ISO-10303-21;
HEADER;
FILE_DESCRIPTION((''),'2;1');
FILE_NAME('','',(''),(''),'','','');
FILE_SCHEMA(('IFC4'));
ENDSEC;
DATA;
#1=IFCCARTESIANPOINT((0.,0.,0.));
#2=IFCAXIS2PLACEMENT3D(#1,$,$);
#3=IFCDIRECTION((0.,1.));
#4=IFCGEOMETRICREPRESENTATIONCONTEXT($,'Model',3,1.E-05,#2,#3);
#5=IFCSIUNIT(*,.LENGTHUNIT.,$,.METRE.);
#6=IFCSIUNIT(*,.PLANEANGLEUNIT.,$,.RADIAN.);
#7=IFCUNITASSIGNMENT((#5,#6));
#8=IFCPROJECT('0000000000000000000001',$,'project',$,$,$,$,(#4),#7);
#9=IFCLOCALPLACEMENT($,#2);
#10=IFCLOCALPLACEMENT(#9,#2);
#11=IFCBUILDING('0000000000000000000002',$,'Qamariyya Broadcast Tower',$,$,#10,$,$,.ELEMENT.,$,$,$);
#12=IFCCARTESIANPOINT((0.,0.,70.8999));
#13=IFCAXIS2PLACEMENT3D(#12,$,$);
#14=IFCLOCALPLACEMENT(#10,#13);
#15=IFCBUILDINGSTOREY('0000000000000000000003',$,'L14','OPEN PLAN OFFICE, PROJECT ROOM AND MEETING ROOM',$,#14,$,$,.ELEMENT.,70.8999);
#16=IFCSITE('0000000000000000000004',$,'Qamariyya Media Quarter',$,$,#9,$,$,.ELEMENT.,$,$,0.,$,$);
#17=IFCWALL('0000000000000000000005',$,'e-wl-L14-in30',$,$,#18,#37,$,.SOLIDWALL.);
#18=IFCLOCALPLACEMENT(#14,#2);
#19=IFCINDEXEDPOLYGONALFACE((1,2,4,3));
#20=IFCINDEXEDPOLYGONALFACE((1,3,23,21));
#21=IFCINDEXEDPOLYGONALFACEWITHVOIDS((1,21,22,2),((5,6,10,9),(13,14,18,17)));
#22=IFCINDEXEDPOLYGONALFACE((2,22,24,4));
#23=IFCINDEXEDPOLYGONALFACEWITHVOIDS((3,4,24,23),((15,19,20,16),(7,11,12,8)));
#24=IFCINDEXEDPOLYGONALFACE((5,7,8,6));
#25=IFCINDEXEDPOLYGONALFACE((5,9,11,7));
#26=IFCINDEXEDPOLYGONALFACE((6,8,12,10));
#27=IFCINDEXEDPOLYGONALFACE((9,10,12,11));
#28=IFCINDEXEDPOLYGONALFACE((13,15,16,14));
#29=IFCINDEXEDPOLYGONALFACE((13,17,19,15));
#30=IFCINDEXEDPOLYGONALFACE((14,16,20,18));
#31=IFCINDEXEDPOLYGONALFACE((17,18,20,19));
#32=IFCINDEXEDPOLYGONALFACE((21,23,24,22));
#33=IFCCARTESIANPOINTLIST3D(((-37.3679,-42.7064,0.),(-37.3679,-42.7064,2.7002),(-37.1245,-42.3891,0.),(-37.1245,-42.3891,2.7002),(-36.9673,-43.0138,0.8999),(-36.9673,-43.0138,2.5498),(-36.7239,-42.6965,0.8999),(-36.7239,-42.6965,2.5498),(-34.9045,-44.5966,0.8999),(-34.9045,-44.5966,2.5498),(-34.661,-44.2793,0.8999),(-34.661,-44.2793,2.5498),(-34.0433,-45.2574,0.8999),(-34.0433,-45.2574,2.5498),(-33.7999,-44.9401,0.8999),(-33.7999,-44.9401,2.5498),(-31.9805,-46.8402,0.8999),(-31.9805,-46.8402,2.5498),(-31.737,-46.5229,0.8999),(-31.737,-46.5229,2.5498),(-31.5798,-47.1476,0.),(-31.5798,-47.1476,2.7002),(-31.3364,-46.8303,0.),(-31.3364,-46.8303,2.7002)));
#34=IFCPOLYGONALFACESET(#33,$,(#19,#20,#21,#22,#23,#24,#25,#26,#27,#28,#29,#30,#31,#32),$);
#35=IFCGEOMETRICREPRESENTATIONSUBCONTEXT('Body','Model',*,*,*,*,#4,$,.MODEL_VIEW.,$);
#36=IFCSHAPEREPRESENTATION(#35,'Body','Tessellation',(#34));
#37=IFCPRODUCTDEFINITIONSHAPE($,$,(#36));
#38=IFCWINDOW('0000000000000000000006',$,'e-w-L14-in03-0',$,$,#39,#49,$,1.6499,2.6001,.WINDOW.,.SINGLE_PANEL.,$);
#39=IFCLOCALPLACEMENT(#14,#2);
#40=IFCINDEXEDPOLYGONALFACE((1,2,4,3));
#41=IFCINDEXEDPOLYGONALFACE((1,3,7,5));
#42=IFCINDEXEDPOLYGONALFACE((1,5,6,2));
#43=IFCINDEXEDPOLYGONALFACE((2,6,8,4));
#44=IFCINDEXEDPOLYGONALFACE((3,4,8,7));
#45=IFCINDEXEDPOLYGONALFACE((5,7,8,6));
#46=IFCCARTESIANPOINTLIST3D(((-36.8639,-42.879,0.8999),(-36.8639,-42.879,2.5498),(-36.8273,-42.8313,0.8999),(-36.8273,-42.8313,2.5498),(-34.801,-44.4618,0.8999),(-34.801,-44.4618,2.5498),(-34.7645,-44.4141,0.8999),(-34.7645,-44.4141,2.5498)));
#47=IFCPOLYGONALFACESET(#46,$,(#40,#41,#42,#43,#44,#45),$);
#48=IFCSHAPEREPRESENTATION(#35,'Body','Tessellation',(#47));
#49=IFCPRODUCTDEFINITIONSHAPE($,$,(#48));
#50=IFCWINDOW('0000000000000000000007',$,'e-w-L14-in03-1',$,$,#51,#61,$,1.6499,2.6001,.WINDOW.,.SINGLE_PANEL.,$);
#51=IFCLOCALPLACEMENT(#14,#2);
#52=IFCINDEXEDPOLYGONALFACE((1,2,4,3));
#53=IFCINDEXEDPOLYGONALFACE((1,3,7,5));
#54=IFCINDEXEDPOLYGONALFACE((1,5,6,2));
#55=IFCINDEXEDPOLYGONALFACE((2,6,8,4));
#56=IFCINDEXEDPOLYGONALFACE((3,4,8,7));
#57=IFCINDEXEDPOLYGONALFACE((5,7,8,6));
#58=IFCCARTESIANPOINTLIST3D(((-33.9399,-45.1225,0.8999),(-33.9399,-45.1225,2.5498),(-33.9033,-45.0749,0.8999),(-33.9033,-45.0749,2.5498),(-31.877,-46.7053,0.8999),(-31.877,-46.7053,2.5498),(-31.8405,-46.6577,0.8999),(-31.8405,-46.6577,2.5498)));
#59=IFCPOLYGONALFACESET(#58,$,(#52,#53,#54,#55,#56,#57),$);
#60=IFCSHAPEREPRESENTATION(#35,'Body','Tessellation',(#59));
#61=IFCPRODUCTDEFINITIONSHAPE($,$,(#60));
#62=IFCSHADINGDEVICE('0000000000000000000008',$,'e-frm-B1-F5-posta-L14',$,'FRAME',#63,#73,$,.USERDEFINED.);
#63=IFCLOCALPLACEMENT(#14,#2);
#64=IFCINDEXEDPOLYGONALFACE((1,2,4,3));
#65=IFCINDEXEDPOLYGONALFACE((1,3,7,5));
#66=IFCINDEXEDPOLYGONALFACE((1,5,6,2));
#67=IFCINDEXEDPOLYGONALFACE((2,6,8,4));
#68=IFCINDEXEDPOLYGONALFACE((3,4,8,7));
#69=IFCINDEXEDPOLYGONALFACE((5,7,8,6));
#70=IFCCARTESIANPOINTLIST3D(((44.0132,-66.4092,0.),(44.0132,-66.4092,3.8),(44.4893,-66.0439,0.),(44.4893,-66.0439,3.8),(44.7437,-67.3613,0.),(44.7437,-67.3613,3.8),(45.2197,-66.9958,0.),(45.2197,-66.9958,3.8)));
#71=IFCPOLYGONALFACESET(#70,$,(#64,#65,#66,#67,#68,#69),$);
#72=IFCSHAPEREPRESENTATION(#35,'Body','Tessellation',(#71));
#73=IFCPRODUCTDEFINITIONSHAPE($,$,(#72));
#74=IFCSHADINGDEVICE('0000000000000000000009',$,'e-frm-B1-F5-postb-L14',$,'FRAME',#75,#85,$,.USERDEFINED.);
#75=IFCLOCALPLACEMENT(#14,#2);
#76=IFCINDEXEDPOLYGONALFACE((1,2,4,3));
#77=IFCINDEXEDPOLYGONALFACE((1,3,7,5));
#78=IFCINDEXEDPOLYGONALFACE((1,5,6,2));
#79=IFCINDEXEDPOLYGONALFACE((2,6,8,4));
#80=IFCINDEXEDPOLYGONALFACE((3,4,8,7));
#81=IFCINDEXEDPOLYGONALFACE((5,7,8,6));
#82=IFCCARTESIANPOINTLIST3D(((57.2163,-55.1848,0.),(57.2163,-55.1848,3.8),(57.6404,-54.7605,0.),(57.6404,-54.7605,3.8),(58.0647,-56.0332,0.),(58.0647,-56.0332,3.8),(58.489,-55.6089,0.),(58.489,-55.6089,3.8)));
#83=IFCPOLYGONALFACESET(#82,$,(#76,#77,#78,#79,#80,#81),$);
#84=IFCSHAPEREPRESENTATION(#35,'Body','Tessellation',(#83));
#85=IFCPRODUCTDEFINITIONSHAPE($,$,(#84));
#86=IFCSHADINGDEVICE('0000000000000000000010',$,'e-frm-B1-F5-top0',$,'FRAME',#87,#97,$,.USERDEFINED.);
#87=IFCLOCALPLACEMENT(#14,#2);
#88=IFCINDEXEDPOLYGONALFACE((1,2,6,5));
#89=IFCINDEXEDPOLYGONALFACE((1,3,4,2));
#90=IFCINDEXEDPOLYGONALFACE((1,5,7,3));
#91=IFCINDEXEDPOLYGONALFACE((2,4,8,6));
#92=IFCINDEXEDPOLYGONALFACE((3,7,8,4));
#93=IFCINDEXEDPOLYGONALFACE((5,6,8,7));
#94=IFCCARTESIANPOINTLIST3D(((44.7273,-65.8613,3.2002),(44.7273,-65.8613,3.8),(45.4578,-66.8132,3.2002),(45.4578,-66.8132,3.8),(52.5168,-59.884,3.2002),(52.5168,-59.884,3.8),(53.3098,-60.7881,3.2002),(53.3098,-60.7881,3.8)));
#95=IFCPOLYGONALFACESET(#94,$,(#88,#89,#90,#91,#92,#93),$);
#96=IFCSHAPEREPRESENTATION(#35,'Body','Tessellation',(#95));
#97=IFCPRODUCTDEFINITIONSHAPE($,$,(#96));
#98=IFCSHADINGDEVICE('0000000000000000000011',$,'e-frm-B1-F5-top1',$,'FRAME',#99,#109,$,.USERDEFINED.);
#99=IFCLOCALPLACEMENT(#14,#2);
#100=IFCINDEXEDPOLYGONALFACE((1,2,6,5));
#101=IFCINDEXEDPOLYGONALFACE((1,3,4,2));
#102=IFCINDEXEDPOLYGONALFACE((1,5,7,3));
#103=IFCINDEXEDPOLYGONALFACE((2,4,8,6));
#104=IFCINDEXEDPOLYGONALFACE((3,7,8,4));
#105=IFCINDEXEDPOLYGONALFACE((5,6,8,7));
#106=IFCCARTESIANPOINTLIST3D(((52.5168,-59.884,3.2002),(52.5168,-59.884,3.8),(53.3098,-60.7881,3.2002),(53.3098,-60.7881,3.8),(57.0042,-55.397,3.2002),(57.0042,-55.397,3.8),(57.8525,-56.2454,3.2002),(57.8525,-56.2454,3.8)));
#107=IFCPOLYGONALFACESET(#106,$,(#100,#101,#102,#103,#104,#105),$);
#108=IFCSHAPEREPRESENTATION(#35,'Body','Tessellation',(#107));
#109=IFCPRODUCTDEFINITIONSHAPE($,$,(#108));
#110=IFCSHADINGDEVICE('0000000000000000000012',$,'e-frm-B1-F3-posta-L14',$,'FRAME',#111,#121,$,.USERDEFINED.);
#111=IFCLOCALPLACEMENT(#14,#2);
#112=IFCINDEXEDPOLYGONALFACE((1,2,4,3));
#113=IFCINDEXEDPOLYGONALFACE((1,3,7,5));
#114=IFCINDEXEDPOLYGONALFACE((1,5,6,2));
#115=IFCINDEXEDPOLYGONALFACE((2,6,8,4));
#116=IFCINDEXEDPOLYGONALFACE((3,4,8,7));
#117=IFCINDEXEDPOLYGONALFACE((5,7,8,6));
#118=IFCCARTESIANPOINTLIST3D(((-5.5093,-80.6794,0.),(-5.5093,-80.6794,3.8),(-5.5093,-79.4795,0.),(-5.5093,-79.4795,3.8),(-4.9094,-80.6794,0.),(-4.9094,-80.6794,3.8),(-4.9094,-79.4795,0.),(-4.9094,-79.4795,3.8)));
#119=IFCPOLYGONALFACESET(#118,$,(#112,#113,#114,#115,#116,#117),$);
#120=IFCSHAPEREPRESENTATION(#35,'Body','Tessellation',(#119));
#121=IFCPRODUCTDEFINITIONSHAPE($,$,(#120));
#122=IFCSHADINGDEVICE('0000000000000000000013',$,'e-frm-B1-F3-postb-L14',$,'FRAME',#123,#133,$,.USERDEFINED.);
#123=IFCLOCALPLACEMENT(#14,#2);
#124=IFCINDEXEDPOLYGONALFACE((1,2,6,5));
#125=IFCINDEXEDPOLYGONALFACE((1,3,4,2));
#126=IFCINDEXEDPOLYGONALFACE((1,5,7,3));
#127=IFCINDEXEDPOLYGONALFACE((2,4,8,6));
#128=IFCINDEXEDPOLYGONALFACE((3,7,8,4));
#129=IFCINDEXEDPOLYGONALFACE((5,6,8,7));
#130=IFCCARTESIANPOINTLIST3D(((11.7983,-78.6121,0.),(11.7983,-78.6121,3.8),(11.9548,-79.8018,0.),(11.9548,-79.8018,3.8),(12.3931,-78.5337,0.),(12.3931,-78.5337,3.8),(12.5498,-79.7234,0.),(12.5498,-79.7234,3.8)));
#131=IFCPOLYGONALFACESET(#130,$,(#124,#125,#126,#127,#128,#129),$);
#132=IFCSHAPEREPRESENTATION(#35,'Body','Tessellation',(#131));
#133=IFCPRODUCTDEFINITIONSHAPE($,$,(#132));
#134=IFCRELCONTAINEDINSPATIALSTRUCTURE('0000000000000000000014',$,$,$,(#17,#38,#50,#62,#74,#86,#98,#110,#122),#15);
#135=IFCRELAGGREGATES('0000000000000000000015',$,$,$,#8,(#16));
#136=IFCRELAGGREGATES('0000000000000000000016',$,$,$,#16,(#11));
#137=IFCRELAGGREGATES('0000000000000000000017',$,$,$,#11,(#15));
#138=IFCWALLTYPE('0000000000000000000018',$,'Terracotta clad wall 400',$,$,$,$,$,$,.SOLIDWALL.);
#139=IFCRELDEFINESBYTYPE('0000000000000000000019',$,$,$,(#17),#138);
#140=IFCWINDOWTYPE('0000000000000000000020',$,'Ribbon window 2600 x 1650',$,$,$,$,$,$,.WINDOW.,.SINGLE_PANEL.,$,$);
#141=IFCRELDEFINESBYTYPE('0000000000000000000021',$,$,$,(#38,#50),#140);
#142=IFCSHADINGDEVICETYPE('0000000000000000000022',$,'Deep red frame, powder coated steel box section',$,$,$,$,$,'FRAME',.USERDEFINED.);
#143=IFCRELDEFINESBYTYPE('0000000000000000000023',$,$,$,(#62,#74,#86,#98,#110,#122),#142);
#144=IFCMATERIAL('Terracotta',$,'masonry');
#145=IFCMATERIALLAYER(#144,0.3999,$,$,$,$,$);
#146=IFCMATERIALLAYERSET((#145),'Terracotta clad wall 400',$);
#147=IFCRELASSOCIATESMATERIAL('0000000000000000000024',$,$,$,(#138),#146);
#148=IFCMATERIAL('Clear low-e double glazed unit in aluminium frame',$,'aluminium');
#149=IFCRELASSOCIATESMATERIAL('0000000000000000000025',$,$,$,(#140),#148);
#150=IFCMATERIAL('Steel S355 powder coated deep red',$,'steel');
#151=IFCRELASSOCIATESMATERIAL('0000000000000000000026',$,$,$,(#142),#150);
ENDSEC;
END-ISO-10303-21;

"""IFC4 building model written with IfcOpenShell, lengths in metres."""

from ifc_helpers import new_model, si_unit, direction, frame, frame_2d, origin, place, context, subcontext, project, spatial, polyline, rectangle, outline, extrude, material, layer, layer_set, type_object, element, fill, save


model = new_model("IFC4")

# Units and contexts
model_context = context("Model", 3, precision=1e-05, world=origin(), true_north=direction((0.0, 1.0)))
body_context = subcontext(model_context, "Body", "Model", "MODEL_VIEW")
ifc_project = project(units=[si_unit("LENGTHUNIT", "METRE"), si_unit("PLANEANGLEUNIT", "RADIAN")], contexts=[model_context])

# Site, building, storey
site_placement = place(None, origin())
site = spatial("IfcSite", under=ifc_project, at=site_placement, Name="Qamariyya Media Quarter", CompositionType="ELEMENT", RefElevation=0.0)
building_placement = place(site_placement, origin())
building = spatial("IfcBuilding", under=site, at=building_placement, Name="Qamariyya Broadcast Tower", CompositionType="ELEMENT")
storey_placement = place(building_placement, frame((0.0, 0.0, 70.8999)))
storey = spatial("IfcBuildingStorey", under=building, at=storey_placement, Name="L14", Description="OPEN PLAN OFFICE, PROJECT ROOM AND MEETING ROOM", CompositionType="ELEMENT", Elevation=70.8999)

# Wall, openings, windows
ifc_material_1 = material(Name="Terracotta", Category="masonry")
ifc_layer_1 = layer(ifc_material_1, 0.3999)
ifc_layer_set_1 = layer_set([ifc_layer_1], Name="Terracotta clad wall 400")
wall_type = type_object("IfcWallType", Name="Terracotta clad wall 400", PredefinedType="SOLIDWALL", material=ifc_layer_set_1)
ifc_material_2 = material(Name="Clear low-e double glazed unit in aluminium frame", Category="aluminium")
window_type = type_object("IfcWindowType", Name="Ribbon window 2600 x 1650", PartitioningType="SINGLE_PANEL", PredefinedType="WINDOW", material=ifc_material_2)
wall_1_placement = place(storey_placement, frame((-31.458, -46.989, 0.0), z_axis=(0.0, 0.0, 1.0), x_axis=(-0.793366, 0.608745, 0.0)))
wall_1 = element("IfcWall", 1, at=wall_1_placement, inside=storey, type_object=wall_type, Name="e-wl-L14-in30", PredefinedType="SOLIDWALL", context=body_context, shape_type="SweptSolid", body=[
    extrude(rectangle(XDim=7.2957, YDim=0.3999, at=frame_2d((3.6479, 0.0))), origin(), (0.0, 0.0, 1.0), 2.7002),
])
opening_1_placement = place(wall_1_placement, frame((4.1907, 0.0, 0.8999)))
opening_1 = element("IfcOpeningElement", 2, at=opening_1_placement, cuts=wall_1, PredefinedType="OPENING", context=body_context, shape_type="SweptSolid", body=[
    extrude(rectangle(XDim=2.6001, YDim=1.6499, at=frame_2d((1.3, 0.825))), frame((0.0, 0.21, 0.0), z_axis=(0.0, -1.0, 0.0), x_axis=(1.0, 0.0, 0.0)), (0.0, 0.0, 1.0), 0.4199),
])
opening_2_placement = place(wall_1_placement, frame((0.5051, 0.0, 0.8999)))
opening_2 = element("IfcOpeningElement", 3, at=opening_2_placement, cuts=wall_1, PredefinedType="OPENING", context=body_context, shape_type="SweptSolid", body=[
    extrude(rectangle(XDim=2.6001, YDim=1.6499, at=frame_2d((1.3, 0.825))), frame((0.0, 0.21, 0.0), z_axis=(0.0, -1.0, 0.0), x_axis=(1.0, 0.0, 0.0)), (0.0, 0.0, 1.0), 0.4199),
])
window_1_placement = place(opening_1_placement, origin())
window_1 = element("IfcWindow", 4, at=window_1_placement, inside=storey, type_object=window_type, Name="e-w-L14-in03-0", OverallHeight=1.6499, OverallWidth=2.6001, PartitioningType="SINGLE_PANEL", PredefinedType="WINDOW", context=body_context, shape_type="SweptSolid", body=[
    extrude(rectangle(XDim=2.6001, YDim=1.6499, at=frame_2d((1.3, 0.825))), frame((0.0, 0.03, 0.0), z_axis=(0.0, -1.0, 0.0), x_axis=(1.0, 0.0, 0.0)), (0.0, 0.0, 1.0), 0.0601),
])
fill(opening_1, window_1)
window_2_placement = place(opening_2_placement, origin())
window_2 = element("IfcWindow", 5, at=window_2_placement, inside=storey, type_object=window_type, Name="e-w-L14-in03-1", OverallHeight=1.6499, OverallWidth=2.6001, PartitioningType="SINGLE_PANEL", PredefinedType="WINDOW", context=body_context, shape_type="SweptSolid", body=[
    extrude(rectangle(XDim=2.6001, YDim=1.6499, at=frame_2d((1.3, 0.825))), frame((0.0, 0.03, 0.0), z_axis=(0.0, -1.0, 0.0), x_axis=(1.0, 0.0, 0.0)), (0.0, 0.0, 1.0), 0.0601),
])
fill(opening_2, window_2)

# Shading devices
ifc_material_3 = material(Name="Steel S355 powder coated deep red", Category="steel")
shading_device_type = type_object("IfcShadingDeviceType", Name="Deep red frame, powder coated steel box section", ElementType="FRAME", PredefinedType="USERDEFINED", material=ifc_material_3)
shading_device_1_placement = place(storey_placement, origin())
element("IfcShadingDevice", 6, at=shading_device_1_placement, inside=storey, type_object=shading_device_type, Name="e-frm-B1-F5-posta-L14", ObjectType="FRAME", PredefinedType="USERDEFINED", context=body_context, shape_type="SweptSolid", body=[
    extrude(outline(polyline([(44.0132, -66.4092), (44.7437, -67.3613), (45.2197, -66.9958), (44.4893, -66.0439), (44.0132, -66.4092)])), origin(), (0.0, 0.0, 1.0), 3.8),
])
shading_device_2_placement = place(storey_placement, origin())
element("IfcShadingDevice", 7, at=shading_device_2_placement, inside=storey, type_object=shading_device_type, Name="e-frm-B1-F5-postb-L14", ObjectType="FRAME", PredefinedType="USERDEFINED", context=body_context, shape_type="SweptSolid", body=[
    extrude(outline(polyline([(57.2163, -55.1848), (58.0647, -56.0332), (58.489, -55.6089), (57.6404, -54.7605), (57.2163, -55.1848)])), origin(), (0.0, 0.0, 1.0), 3.8),
])
shading_device_3_placement = place(storey_placement, frame((0.0, 0.0, 3.2002)))
element("IfcShadingDevice", 8, at=shading_device_3_placement, inside=storey, type_object=shading_device_type, Name="e-frm-B1-F5-top0", ObjectType="FRAME", PredefinedType="USERDEFINED", context=body_context, shape_type="SweptSolid", body=[
    extrude(outline(polyline([(44.7273, -65.8613), (45.4578, -66.8132), (53.3098, -60.7881), (52.5168, -59.884), (44.7273, -65.8613)])), origin(), (0.0, 0.0, 1.0), 0.5999),
])
shading_device_4_placement = place(storey_placement, frame((0.0, 0.0, 3.2002)))
element("IfcShadingDevice", 9, at=shading_device_4_placement, inside=storey, type_object=shading_device_type, Name="e-frm-B1-F5-top1", ObjectType="FRAME", PredefinedType="USERDEFINED", context=body_context, shape_type="SweptSolid", body=[
    extrude(outline(polyline([(52.5168, -59.884), (53.3098, -60.7881), (57.8525, -56.2454), (57.0042, -55.397), (52.5168, -59.884)])), origin(), (0.0, 0.0, 1.0), 0.5999),
])
shading_device_5_placement = place(storey_placement, origin())
element("IfcShadingDevice", 10, at=shading_device_5_placement, inside=storey, type_object=shading_device_type, Name="e-frm-B1-F3-posta-L14", ObjectType="FRAME", PredefinedType="USERDEFINED", context=body_context, shape_type="SweptSolid", body=[
    extrude(outline(polyline([(-5.5093, -79.4795), (-5.5093, -80.6794), (-4.9094, -80.6794), (-4.9094, -79.4795), (-5.5093, -79.4795)])), origin(), (0.0, 0.0, 1.0), 3.8),
])
shading_device_6_placement = place(storey_placement, origin())
element("IfcShadingDevice", 11, at=shading_device_6_placement, inside=storey, type_object=shading_device_type, Name="e-frm-B1-F3-postb-L14", ObjectType="FRAME", PredefinedType="USERDEFINED", context=body_context, shape_type="SweptSolid", body=[
    extrude(outline(polyline([(11.7983, -78.6121), (11.9548, -79.8018), (12.5498, -79.7234), (12.3931, -78.5337), (11.7983, -78.6121)])), origin(), (0.0, 0.0, 1.0), 3.8),
])

save(model, "model.ifc")
